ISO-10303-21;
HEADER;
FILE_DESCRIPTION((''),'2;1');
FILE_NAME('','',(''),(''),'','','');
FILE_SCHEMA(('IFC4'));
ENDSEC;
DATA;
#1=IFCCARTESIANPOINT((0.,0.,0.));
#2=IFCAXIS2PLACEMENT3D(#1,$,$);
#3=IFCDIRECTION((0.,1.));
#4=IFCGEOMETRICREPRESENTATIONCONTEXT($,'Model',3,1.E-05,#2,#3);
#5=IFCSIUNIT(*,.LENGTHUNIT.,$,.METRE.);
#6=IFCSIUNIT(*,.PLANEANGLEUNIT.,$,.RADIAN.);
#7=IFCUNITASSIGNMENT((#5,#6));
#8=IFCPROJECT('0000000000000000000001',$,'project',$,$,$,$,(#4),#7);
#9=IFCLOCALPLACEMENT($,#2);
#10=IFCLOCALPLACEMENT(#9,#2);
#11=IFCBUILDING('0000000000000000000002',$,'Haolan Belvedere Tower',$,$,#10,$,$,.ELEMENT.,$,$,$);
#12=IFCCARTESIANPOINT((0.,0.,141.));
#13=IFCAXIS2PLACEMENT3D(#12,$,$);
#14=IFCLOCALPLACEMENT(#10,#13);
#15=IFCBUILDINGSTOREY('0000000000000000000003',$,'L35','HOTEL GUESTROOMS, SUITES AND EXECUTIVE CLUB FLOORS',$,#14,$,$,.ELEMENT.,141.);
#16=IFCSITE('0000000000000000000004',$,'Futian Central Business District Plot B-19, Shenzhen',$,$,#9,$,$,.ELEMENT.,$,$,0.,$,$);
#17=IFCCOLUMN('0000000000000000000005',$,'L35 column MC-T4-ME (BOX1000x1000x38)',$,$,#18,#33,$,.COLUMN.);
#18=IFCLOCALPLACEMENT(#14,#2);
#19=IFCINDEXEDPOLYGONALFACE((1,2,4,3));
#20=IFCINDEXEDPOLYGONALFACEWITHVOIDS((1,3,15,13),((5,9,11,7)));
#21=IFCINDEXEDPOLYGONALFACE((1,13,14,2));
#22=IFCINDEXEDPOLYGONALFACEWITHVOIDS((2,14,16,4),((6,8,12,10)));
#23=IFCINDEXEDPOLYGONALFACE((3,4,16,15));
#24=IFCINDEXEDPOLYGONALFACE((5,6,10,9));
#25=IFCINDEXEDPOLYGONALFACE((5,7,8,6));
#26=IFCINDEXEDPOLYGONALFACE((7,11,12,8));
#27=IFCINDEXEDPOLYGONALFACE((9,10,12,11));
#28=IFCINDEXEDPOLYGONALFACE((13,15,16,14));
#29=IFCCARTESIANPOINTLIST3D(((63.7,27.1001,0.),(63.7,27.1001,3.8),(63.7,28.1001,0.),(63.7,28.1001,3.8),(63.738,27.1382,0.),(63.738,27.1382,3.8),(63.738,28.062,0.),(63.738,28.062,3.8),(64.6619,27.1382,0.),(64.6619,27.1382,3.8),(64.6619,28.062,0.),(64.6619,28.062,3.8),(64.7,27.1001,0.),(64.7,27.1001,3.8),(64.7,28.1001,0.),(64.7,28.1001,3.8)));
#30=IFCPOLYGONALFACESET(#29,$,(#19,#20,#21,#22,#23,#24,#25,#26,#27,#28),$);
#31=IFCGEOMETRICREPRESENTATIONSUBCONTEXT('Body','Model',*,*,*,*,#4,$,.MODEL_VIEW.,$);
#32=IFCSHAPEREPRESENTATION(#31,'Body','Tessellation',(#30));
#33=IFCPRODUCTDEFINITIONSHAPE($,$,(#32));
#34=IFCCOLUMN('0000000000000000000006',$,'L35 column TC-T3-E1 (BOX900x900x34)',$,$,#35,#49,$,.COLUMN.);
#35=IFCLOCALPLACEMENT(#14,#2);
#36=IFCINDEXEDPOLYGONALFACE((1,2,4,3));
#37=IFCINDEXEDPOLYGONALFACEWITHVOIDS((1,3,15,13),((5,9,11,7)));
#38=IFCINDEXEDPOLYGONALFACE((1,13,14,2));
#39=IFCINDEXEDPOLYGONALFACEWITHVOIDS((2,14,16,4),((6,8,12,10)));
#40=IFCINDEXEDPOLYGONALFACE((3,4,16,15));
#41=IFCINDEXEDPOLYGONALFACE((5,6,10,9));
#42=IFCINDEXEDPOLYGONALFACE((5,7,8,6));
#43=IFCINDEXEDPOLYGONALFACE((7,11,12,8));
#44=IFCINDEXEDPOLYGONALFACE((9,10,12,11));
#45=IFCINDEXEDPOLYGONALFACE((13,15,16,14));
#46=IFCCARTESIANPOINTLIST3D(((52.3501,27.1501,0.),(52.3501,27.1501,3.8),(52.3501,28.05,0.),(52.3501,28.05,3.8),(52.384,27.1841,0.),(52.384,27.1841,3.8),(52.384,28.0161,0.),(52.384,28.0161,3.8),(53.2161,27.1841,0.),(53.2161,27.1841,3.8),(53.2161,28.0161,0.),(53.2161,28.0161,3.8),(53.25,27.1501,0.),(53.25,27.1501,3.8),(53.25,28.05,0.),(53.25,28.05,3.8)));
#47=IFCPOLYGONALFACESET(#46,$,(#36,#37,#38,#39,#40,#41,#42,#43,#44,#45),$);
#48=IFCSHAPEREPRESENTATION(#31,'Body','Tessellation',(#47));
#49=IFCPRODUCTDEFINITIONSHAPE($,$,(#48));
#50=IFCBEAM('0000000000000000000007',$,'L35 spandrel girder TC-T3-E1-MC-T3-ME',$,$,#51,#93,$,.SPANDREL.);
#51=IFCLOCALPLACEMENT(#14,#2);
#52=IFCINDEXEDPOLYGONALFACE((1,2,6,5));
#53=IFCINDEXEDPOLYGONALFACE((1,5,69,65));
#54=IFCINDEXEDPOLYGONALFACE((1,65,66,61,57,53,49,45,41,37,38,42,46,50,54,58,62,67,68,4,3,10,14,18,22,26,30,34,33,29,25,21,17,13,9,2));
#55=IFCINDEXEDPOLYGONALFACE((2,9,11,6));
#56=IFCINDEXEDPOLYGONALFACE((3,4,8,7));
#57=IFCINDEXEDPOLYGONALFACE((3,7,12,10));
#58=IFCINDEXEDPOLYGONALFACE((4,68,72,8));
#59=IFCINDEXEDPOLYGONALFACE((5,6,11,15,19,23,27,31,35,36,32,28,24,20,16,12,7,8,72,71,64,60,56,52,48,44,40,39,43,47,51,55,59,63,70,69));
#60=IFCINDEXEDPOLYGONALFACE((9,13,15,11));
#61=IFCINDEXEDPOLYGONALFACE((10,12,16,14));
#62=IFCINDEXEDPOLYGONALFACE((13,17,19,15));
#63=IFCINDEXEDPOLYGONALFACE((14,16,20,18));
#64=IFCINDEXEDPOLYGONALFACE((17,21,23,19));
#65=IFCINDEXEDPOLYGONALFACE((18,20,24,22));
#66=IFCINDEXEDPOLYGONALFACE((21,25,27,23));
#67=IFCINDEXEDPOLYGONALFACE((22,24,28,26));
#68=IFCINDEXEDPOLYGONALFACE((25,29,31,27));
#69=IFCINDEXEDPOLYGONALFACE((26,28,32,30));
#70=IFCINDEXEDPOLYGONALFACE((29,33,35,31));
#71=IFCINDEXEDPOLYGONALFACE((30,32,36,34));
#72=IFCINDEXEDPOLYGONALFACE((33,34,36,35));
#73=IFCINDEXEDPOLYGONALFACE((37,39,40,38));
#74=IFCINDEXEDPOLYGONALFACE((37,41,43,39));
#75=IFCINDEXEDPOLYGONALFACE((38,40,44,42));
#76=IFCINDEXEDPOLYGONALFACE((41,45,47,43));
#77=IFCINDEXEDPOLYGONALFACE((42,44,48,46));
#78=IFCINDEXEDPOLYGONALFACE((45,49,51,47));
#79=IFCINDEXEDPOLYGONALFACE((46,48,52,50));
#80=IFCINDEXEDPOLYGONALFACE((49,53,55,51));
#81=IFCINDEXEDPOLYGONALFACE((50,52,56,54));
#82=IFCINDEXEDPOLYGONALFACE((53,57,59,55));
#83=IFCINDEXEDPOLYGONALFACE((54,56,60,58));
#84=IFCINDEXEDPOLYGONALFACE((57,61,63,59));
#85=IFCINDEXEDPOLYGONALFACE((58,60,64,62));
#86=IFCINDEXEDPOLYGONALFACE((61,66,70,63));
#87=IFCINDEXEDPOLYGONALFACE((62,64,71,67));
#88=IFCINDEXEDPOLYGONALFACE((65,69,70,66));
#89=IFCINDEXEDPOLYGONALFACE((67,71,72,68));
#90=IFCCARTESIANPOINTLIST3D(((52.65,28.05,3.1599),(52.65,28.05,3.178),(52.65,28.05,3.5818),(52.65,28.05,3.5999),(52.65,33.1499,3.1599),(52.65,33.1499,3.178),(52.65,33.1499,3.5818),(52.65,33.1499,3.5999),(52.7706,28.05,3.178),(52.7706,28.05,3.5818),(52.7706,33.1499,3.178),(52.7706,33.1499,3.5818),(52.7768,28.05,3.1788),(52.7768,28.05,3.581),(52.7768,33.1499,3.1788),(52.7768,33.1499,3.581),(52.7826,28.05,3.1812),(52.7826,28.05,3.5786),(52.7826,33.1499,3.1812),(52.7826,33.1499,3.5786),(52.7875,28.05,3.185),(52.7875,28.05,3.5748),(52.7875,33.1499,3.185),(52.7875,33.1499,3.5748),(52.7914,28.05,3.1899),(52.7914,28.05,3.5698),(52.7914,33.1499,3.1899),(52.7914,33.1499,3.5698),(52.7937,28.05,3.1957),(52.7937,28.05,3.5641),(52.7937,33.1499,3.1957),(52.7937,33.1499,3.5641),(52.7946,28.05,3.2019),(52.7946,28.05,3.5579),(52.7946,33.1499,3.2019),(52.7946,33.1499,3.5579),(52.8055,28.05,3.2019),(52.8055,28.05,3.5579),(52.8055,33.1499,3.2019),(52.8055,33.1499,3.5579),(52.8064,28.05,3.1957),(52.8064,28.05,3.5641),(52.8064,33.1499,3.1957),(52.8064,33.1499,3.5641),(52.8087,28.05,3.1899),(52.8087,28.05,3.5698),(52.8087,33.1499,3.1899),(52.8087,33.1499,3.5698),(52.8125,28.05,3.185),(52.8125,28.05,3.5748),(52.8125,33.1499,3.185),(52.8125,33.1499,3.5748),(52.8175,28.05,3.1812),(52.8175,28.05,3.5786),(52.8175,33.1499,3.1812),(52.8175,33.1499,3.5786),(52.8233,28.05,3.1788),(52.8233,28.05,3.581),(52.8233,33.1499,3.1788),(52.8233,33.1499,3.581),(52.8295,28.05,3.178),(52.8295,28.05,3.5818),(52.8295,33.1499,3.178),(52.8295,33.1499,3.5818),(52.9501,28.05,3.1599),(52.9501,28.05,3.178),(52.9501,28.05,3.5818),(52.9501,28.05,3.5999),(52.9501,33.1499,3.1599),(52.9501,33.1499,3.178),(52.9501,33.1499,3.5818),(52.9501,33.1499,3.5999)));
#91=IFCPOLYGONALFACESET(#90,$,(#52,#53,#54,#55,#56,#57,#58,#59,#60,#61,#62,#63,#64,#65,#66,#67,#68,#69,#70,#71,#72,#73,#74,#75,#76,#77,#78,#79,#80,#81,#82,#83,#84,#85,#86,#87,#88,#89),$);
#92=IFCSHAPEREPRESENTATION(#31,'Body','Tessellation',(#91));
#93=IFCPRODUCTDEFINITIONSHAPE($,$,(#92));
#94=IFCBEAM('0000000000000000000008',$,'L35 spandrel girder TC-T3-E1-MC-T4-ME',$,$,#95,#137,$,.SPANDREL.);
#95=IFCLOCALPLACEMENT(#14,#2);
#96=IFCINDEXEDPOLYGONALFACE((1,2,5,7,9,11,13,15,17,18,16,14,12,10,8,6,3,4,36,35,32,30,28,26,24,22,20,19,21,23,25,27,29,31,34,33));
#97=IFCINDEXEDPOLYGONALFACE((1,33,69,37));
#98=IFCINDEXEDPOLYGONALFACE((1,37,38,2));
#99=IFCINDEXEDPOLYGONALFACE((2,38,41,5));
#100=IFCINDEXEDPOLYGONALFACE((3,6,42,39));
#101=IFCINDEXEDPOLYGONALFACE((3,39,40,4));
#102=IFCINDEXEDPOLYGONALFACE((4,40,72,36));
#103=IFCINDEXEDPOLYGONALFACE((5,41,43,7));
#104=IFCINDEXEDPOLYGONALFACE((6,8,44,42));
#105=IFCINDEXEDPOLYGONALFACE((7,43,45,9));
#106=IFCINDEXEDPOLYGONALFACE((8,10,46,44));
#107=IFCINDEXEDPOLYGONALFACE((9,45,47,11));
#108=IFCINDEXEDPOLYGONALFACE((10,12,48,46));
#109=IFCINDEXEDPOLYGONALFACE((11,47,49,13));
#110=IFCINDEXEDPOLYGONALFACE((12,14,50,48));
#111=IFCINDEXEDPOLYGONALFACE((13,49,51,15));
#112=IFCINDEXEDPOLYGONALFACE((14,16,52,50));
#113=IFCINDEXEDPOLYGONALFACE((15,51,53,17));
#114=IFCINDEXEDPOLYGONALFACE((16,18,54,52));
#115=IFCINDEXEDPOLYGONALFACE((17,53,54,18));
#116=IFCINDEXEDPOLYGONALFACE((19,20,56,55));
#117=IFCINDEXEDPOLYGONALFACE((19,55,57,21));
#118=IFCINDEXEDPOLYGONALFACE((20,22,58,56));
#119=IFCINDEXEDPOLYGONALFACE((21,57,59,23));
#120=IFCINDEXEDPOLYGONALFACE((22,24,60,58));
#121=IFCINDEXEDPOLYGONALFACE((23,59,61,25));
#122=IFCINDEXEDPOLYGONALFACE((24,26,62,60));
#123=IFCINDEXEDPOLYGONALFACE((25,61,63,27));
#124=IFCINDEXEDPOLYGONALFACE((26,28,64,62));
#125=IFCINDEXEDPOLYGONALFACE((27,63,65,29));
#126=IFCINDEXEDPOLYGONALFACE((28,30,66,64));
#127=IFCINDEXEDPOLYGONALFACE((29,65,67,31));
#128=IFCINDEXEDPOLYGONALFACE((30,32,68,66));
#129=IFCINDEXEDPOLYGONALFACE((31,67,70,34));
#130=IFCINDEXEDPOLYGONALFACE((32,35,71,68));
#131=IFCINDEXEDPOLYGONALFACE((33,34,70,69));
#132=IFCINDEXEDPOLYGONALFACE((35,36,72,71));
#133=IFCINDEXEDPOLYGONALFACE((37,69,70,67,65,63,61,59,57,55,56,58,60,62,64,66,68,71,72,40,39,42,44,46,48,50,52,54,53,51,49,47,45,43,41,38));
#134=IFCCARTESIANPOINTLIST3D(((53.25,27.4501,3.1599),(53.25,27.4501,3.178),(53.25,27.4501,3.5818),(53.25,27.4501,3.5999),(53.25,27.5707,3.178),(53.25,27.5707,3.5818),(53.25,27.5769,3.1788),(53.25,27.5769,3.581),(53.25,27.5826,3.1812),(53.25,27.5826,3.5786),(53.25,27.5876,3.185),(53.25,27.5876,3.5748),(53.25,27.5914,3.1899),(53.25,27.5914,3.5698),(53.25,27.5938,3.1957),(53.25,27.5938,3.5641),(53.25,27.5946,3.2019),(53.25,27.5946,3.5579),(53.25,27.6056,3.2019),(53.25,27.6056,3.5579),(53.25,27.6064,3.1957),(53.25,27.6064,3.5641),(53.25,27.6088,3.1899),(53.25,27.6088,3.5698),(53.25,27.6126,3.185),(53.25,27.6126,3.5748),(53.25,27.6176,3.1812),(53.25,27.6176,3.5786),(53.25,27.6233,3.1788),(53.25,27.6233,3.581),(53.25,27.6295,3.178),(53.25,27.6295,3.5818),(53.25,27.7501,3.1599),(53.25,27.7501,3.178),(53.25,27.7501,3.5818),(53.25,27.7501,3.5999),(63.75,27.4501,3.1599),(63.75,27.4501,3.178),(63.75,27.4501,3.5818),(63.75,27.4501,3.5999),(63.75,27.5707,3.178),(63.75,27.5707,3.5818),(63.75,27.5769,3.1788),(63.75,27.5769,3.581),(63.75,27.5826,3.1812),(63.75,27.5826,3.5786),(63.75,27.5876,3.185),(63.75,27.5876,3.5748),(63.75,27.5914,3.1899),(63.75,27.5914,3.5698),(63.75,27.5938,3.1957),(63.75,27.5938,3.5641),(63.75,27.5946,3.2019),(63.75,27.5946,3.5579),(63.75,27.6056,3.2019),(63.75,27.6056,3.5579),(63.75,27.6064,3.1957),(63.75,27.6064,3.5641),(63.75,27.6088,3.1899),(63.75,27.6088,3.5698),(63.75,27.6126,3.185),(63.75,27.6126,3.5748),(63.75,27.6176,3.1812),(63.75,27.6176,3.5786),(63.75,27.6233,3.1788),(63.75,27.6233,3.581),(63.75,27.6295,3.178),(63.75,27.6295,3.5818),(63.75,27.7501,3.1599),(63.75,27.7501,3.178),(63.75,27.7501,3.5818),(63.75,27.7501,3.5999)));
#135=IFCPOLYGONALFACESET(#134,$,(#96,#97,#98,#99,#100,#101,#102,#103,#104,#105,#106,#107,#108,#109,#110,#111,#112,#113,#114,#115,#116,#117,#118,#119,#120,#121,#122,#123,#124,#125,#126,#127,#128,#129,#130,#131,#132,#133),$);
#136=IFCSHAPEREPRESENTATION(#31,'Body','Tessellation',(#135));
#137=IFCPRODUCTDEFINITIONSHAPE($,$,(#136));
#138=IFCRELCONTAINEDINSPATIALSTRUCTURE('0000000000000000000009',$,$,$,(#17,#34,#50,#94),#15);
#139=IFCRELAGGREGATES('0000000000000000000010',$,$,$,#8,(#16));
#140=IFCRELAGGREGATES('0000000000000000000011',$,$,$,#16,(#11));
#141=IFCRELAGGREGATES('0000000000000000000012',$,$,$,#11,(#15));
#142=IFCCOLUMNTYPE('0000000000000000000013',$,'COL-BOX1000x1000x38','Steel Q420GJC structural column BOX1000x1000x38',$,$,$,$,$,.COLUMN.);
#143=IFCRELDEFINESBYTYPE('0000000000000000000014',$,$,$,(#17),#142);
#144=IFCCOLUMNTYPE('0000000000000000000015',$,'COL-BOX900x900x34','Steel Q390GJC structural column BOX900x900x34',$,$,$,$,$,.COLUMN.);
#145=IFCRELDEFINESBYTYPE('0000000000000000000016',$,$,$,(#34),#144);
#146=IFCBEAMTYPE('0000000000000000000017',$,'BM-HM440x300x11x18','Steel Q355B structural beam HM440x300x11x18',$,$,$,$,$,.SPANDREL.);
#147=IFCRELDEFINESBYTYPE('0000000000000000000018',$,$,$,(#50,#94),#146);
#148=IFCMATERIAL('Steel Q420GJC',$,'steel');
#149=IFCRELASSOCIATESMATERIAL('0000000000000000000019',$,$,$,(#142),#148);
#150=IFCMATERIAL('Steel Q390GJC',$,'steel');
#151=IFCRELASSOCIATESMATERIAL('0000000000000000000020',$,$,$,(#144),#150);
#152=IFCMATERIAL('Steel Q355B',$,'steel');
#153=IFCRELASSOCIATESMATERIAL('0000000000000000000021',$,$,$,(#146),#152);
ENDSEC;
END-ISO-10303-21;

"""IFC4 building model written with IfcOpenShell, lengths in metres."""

from ifc_helpers import new_model, si_unit, direction, frame, origin, origin_2d, place, context, subcontext, project, spatial, hollow_rectangle, i_section, extrude, material, material_profile, profile_set, type_object, element, save


model = new_model("IFC4")

# Units and contexts
model_context = context("Model", 3, precision=1e-05, world=origin(), true_north=direction((0.0, 1.0)))
body_context = subcontext(model_context, "Body", "Model", "MODEL_VIEW")
ifc_project = project(units=[si_unit("LENGTHUNIT", "METRE"), si_unit("PLANEANGLEUNIT", "RADIAN")], contexts=[model_context])

# Site, building, storey
site_placement = place(None, origin())
site = spatial("IfcSite", under=ifc_project, at=site_placement, Name="Futian Central Business District Plot B-19, Shenzhen", CompositionType="ELEMENT", RefElevation=0.0)
building_placement = place(site_placement, origin())
building = spatial("IfcBuilding", under=site, at=building_placement, Name="Haolan Belvedere Tower", CompositionType="ELEMENT")
storey_placement = place(building_placement, frame((0.0, 0.0, 141.0)))
storey = spatial("IfcBuildingStorey", under=building, at=storey_placement, Name="L35", Description="HOTEL GUESTROOMS, SUITES AND EXECUTIVE CLUB FLOORS", CompositionType="ELEMENT", Elevation=141.0)

# Columns
ifc_material_1 = material(Name="Steel Q420GJC", Category="steel")
ifc_material_profile_1 = material_profile(ifc_material_1, hollow_rectangle(XDim=1.0, YDim=1.0, WallThickness=0.0381, at=origin_2d()), Name="Steel Q420GJC")
ifc_profile_set_1 = profile_set([ifc_material_profile_1], Name="Steel Q420GJC")
column_type_1 = type_object("IfcColumnType", Name="COL-BOX1000x1000x38", Description="Steel Q420GJC structural column BOX1000x1000x38", PredefinedType="COLUMN", material=ifc_profile_set_1)
column_1_placement = place(storey_placement, frame((64.2, 27.6001, 0.0), z_axis=(0.0, 0.0, 1.0), x_axis=(1.0, 0.0, 0.0)))
element("IfcColumn", 1, at=column_1_placement, inside=storey, type_object=column_type_1, Name="L35 column MC-T4-ME (BOX1000x1000x38)", PredefinedType="COLUMN", context=body_context, shape_type="SweptSolid", body=[
    extrude(hollow_rectangle(XDim=1.0, YDim=1.0, WallThickness=0.0381, at=origin_2d()), origin(), (0.0, 0.0, 1.0), 3.8),
])
ifc_material_2 = material(Name="Steel Q390GJC", Category="steel")
ifc_material_profile_2 = material_profile(ifc_material_2, hollow_rectangle(XDim=0.8999, YDim=0.8999, WallThickness=0.0339, at=origin_2d()), Name="Steel Q390GJC")
ifc_profile_set_2 = profile_set([ifc_material_profile_2], Name="Steel Q390GJC")
column_type_2 = type_object("IfcColumnType", Name="COL-BOX900x900x34", Description="Steel Q390GJC structural column BOX900x900x34", PredefinedType="COLUMN", material=ifc_profile_set_2)
column_2_placement = place(storey_placement, frame((52.8, 27.6001, 0.0), z_axis=(0.0, 0.0, 1.0), x_axis=(1.0, 0.0, 0.0)))
element("IfcColumn", 2, at=column_2_placement, inside=storey, type_object=column_type_2, Name="L35 column TC-T3-E1 (BOX900x900x34)", PredefinedType="COLUMN", context=body_context, shape_type="SweptSolid", body=[
    extrude(hollow_rectangle(XDim=0.8999, YDim=0.8999, WallThickness=0.0339, at=origin_2d()), origin(), (0.0, 0.0, 1.0), 3.8),
])

# Beams
ifc_material_3 = material(Name="Steel Q355B", Category="steel")
ifc_material_profile_3 = material_profile(ifc_material_3, i_section(OverallWidth=0.3, OverallDepth=0.4399, WebThickness=0.011, FlangeThickness=0.0181, FilletRadius=0.0239, at=origin_2d()), Name="Steel Q355B")
ifc_profile_set_3 = profile_set([ifc_material_profile_3], Name="Steel Q355B")
beam_type = type_object("IfcBeamType", Name="BM-HM440x300x11x18", Description="Steel Q355B structural beam HM440x300x11x18", PredefinedType="SPANDREL", material=ifc_profile_set_3)
beam_1_placement = place(storey_placement, frame((52.8, 28.05, 3.3799), z_axis=(0.0, 1.0, 0.0), x_axis=(-1.0, 0.0, 0.0)))
element("IfcBeam", 3, at=beam_1_placement, inside=storey, type_object=beam_type, Name="L35 spandrel girder TC-T3-E1-MC-T3-ME", PredefinedType="SPANDREL", context=body_context, shape_type="SweptSolid", body=[
    extrude(i_section(OverallWidth=0.3, OverallDepth=0.4399, WebThickness=0.011, FlangeThickness=0.0181, FilletRadius=0.0239, at=origin_2d()), origin(), (0.0, 0.0, 1.0), 5.0999),
])
beam_2_placement = place(storey_placement, frame((53.25, 27.6001, 3.3799), z_axis=(1.0, 0.0, 0.0), x_axis=(0.0, 1.0, 0.0)))
element("IfcBeam", 4, at=beam_2_placement, inside=storey, type_object=beam_type, Name="L35 spandrel girder TC-T3-E1-MC-T4-ME", PredefinedType="SPANDREL", context=body_context, shape_type="SweptSolid", body=[
    extrude(i_section(OverallWidth=0.3, OverallDepth=0.4399, WebThickness=0.011, FlangeThickness=0.0181, FilletRadius=0.0239, at=origin_2d()), origin(), (0.0, 0.0, 1.0), 10.5),
])

save(model, "model.ifc")
